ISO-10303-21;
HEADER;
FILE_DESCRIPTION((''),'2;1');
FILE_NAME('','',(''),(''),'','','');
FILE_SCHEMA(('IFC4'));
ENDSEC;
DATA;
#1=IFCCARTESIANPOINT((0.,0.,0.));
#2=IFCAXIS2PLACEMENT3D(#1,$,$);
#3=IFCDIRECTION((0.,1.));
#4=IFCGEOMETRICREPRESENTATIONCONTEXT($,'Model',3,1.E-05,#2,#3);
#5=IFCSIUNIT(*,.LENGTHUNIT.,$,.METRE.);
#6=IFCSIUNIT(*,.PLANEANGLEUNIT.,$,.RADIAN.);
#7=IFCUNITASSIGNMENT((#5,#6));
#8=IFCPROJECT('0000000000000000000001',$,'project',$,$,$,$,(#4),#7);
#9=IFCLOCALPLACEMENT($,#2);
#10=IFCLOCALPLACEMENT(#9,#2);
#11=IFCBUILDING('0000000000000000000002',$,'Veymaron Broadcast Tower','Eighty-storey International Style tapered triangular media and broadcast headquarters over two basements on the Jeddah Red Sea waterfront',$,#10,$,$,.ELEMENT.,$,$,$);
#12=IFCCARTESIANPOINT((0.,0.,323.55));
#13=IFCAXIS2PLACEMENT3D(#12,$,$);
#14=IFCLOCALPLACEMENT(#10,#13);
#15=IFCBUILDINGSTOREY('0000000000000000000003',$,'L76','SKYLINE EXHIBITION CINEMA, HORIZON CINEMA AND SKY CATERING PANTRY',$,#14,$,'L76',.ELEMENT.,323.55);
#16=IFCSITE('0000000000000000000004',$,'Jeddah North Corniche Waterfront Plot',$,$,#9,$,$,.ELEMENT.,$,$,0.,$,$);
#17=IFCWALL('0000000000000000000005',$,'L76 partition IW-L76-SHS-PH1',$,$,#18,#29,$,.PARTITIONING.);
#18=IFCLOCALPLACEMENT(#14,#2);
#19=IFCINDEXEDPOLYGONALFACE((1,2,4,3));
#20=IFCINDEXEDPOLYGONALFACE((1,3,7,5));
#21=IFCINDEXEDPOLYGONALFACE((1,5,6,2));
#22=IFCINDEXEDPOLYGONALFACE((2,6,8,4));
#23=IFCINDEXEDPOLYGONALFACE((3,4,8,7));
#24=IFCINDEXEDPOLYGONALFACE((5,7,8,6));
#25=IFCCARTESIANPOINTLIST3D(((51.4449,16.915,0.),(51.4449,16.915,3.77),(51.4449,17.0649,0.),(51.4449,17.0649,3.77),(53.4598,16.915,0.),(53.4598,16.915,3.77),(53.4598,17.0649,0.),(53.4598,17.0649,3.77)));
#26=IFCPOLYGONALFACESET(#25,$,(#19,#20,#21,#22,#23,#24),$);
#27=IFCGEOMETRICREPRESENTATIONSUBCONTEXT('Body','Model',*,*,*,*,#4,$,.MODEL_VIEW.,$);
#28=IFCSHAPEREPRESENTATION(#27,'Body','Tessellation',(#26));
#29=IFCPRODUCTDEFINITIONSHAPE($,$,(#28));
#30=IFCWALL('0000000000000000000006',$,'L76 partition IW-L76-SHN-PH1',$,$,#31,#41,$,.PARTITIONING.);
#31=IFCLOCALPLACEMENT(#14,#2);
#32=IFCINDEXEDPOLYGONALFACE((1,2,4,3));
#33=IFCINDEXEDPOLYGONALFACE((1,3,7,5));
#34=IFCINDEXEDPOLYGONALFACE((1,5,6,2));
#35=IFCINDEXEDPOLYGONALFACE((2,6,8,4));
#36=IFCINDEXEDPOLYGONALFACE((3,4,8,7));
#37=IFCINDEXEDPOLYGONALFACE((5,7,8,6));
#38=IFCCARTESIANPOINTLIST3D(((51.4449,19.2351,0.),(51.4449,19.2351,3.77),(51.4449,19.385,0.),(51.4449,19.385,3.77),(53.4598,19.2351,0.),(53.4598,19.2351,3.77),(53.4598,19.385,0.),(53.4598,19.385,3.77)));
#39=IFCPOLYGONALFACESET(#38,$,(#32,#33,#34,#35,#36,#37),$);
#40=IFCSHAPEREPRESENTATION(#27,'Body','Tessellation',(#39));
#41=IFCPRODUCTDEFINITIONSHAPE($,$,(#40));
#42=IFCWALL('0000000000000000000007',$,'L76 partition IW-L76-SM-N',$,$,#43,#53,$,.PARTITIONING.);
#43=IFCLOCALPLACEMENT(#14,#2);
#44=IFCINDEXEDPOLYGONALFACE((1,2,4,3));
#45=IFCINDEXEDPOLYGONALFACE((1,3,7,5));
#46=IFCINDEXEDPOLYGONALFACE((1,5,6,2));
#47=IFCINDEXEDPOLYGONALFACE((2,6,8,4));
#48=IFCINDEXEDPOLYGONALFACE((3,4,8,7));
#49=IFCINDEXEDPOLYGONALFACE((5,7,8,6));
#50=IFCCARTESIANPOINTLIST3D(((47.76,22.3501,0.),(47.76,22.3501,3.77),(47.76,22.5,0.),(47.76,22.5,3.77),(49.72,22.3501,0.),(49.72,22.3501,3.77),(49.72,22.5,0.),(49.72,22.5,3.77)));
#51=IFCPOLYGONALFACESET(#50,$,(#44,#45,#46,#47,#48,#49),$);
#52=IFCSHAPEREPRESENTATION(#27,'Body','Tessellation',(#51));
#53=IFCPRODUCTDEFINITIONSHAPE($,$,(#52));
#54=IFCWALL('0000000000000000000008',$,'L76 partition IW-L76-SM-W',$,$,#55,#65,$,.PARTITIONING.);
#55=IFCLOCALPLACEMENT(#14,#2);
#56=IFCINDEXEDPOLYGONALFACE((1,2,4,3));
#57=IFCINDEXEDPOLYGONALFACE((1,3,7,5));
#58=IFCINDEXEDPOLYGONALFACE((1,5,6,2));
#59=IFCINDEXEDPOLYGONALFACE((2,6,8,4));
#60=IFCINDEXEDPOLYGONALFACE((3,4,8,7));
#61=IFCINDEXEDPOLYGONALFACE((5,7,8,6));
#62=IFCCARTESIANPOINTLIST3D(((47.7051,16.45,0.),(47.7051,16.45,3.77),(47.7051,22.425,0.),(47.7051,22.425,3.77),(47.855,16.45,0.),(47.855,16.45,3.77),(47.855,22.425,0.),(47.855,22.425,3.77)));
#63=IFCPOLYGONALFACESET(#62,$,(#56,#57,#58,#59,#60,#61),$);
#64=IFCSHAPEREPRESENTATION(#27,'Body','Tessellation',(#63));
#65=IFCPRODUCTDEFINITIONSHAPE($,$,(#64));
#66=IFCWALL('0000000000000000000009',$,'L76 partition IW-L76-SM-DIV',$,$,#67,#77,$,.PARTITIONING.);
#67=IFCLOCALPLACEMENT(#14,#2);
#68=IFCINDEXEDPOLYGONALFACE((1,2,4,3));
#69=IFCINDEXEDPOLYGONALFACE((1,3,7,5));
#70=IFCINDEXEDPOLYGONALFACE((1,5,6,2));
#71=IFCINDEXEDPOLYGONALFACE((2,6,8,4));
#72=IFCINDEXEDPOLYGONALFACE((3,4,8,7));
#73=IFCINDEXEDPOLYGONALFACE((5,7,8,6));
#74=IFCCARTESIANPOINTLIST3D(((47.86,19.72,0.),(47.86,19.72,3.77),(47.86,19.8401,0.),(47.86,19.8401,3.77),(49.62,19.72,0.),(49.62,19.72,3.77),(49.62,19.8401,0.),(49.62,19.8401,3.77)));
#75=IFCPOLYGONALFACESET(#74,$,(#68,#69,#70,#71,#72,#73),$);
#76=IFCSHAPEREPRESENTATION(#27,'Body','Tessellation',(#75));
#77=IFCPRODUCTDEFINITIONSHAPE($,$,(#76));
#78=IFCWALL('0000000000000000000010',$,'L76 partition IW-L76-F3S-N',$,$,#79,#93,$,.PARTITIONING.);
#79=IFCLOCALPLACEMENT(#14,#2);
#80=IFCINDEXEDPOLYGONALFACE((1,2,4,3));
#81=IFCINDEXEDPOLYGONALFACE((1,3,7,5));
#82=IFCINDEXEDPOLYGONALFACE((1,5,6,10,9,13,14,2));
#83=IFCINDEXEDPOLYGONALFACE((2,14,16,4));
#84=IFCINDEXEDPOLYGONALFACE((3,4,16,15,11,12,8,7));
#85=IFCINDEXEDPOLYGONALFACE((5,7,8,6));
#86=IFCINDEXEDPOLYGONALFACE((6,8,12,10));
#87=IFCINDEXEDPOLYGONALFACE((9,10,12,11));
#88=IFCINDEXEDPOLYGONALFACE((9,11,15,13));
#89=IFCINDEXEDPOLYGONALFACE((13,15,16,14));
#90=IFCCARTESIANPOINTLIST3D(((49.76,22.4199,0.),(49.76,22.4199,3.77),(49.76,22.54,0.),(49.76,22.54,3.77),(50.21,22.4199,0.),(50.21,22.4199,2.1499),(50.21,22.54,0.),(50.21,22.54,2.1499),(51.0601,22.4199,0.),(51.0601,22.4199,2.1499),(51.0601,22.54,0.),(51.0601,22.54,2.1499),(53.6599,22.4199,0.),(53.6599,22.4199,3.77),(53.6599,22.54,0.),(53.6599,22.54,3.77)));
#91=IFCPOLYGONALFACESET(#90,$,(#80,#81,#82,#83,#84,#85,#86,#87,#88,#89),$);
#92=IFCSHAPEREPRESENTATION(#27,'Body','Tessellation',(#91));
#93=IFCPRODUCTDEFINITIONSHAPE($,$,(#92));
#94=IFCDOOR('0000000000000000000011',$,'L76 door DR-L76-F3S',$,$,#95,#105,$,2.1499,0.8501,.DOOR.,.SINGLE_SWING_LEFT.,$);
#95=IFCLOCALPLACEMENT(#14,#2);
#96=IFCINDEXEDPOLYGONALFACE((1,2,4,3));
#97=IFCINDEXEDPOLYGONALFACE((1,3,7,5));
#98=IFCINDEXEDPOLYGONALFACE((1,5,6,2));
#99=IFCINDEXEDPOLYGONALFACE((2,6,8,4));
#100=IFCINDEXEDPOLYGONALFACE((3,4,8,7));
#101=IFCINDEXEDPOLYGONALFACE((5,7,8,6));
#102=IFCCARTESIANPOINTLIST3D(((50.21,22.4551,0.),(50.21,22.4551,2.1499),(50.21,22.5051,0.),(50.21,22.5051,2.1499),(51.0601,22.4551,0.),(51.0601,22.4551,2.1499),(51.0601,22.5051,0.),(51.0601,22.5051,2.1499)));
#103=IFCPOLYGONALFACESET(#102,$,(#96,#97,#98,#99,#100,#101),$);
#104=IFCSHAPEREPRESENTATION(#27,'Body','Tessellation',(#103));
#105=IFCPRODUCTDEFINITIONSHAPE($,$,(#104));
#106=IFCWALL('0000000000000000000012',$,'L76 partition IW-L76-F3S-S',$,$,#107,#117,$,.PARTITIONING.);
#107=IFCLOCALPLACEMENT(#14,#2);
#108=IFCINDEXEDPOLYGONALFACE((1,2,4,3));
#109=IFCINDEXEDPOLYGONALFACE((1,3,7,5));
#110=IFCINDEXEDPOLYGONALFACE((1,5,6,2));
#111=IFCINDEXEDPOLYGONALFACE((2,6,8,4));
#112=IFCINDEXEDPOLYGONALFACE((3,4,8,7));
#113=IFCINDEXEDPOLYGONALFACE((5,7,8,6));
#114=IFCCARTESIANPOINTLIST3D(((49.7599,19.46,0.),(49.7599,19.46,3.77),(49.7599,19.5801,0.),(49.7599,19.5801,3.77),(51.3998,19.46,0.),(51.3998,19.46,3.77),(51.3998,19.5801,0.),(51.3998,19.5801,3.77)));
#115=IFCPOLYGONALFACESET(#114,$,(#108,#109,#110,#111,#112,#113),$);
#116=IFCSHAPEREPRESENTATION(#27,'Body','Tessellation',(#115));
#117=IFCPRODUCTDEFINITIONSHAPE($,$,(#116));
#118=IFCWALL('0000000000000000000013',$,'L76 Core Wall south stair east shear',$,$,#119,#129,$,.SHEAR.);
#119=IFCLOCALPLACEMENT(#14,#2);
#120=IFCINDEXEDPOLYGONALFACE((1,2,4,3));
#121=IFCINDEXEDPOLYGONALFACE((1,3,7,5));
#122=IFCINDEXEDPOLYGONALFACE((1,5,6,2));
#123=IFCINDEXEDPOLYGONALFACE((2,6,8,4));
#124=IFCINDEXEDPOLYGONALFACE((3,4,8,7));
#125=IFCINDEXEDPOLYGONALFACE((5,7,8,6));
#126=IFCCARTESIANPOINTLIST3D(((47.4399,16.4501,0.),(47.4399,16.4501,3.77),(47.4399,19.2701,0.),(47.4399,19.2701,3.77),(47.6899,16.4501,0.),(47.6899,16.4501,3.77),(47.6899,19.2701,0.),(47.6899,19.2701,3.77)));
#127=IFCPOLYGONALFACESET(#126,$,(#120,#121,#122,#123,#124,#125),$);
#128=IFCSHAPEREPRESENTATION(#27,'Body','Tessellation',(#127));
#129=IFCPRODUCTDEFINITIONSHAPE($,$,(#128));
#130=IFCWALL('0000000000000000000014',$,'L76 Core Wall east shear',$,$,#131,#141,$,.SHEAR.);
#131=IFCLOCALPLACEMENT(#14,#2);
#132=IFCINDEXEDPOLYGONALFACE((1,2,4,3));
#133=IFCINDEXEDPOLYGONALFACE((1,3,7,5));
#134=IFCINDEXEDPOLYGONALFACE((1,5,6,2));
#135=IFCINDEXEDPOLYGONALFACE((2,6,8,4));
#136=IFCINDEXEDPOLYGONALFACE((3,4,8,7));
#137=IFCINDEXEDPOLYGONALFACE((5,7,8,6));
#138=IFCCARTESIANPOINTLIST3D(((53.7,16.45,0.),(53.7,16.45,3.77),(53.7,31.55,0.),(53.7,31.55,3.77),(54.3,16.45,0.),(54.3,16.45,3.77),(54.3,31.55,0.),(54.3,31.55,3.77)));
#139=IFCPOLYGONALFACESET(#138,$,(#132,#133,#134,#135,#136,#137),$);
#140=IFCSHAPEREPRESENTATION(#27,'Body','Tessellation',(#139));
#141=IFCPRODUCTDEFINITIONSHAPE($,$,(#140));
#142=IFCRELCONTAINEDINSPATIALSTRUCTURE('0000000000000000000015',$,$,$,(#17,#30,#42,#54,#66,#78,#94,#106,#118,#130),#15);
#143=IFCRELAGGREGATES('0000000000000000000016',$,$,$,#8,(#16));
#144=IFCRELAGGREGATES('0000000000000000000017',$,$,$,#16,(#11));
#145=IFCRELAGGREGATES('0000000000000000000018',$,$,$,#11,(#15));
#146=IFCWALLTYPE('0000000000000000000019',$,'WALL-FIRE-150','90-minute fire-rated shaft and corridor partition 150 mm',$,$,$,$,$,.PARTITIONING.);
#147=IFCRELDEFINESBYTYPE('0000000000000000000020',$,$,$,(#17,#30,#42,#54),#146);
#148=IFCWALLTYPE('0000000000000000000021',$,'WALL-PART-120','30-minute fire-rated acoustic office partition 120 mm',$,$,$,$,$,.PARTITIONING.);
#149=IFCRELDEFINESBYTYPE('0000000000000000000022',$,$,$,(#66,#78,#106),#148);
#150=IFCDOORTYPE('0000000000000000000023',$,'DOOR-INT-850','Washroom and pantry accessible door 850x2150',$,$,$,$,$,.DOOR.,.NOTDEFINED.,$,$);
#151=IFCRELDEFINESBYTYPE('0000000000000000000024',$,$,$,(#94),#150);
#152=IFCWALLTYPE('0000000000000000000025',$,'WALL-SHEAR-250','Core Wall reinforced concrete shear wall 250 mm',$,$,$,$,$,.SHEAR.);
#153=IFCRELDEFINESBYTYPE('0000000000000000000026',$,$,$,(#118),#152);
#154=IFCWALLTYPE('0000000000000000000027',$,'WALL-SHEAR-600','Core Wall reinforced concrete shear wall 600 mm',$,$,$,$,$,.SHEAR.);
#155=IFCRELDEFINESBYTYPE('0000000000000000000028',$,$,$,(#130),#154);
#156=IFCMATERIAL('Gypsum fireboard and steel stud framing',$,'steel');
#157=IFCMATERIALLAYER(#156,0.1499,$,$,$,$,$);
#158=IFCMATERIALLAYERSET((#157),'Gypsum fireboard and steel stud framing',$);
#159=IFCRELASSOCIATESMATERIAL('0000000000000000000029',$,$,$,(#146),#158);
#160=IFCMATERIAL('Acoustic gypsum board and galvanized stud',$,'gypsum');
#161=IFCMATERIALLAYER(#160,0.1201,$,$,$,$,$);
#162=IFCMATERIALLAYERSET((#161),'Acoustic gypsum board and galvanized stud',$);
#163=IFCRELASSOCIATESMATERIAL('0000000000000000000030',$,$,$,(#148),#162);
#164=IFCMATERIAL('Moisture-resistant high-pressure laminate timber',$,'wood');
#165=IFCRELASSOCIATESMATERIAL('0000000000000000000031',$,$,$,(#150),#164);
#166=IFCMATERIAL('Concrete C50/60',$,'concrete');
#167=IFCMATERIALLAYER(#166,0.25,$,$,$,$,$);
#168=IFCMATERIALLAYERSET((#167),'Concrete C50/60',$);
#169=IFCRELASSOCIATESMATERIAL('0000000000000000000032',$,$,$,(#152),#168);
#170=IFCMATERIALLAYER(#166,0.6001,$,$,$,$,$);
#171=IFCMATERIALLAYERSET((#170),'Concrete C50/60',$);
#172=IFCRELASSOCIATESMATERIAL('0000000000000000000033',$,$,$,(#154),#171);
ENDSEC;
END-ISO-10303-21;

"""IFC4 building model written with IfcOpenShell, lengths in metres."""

from ifc_helpers import new_model, si_unit, direction, frame, frame_2d, origin, place, context, subcontext, project, spatial, rectangle, extrude, material, layer, layer_set, type_object, element, fill, save


model = new_model("IFC4")

# Units and contexts
model_context = context("Model", 3, precision=1e-05, world=origin(), true_north=direction((0.0, 1.0)))
body_context = subcontext(model_context, "Body", "Model", "MODEL_VIEW")
ifc_project = project(units=[si_unit("LENGTHUNIT", "METRE"), si_unit("PLANEANGLEUNIT", "RADIAN")], contexts=[model_context])

# Site, building, storey
site_placement = place(None, origin())
site = spatial("IfcSite", under=ifc_project, at=site_placement, Name="Jeddah North Corniche Waterfront Plot", CompositionType="ELEMENT", RefElevation=0.0)
building_placement = place(site_placement, origin())
building = spatial("IfcBuilding", under=site, at=building_placement, Name="Veymaron Broadcast Tower", Description="Eighty-storey International Style tapered triangular media and broadcast headquarters over two basements on the Jeddah Red Sea waterfront", CompositionType="ELEMENT")
storey_placement = place(building_placement, frame((0.0, 0.0, 323.55)))
storey = spatial("IfcBuildingStorey", under=building, at=storey_placement, Name="L76", Description="SKYLINE EXHIBITION CINEMA, HORIZON CINEMA AND SKY CATERING PANTRY", LongName="L76", CompositionType="ELEMENT", Elevation=323.55)

# Shared definitions
ifc_material_1 = material(Name="Gypsum fireboard and steel stud framing", Category="steel")
ifc_layer_1 = layer(ifc_material_1, 0.1499)
ifc_layer_set_1 = layer_set([ifc_layer_1], Name="Gypsum fireboard and steel stud framing")
wall_type_1 = type_object("IfcWallType", Name="WALL-FIRE-150", Description="90-minute fire-rated shaft and corridor partition 150 mm", PredefinedType="PARTITIONING", material=ifc_layer_set_1)

# Walls
for number, where, z_axis, x_axis, name in (
    (1, (51.4451, 16.99, 0.0), (0.0, 0.0, 1.0), (1.0, 0.0, 0.0), "L76 partition IW-L76-SHS-PH1"),
    (2, (51.4451, 19.3101, 0.0), (0.0, 0.0, 1.0), (1.0, 0.0, 0.0), "L76 partition IW-L76-SHN-PH1"),
):
    element("IfcWall", number, at=place(storey_placement, frame(where, z_axis=z_axis, x_axis=x_axis)), inside=storey, type_object=wall_type_1, Name=name, PredefinedType="PARTITIONING", context=body_context, shape_type="SweptSolid", body=[
        extrude(rectangle(XDim=2.0149, YDim=0.1499, at=frame_2d((1.0073, 0.0))), origin(), (0.0, 0.0, 1.0), 3.77),
    ])

# Walls
wall_1_placement = place(storey_placement, frame((47.76, 22.425, 0.0), z_axis=(0.0, 0.0, 1.0), x_axis=(1.0, 0.0, 0.0)))
element("IfcWall", 3, at=wall_1_placement, inside=storey, type_object=wall_type_1, Name="L76 partition IW-L76-SM-N", PredefinedType="PARTITIONING", context=body_context, shape_type="SweptSolid", body=[
    extrude(rectangle(XDim=1.96, YDim=0.1499, at=frame_2d((0.98, 0.0))), origin(), (0.0, 0.0, 1.0), 3.77),
])
wall_2_placement = place(storey_placement, frame((47.78, 16.45, 0.0), z_axis=(0.0, 0.0, 1.0), x_axis=(0.0, 1.0, 0.0)))
element("IfcWall", 4, at=wall_2_placement, inside=storey, type_object=wall_type_1, Name="L76 partition IW-L76-SM-W", PredefinedType="PARTITIONING", context=body_context, shape_type="SweptSolid", body=[
    extrude(rectangle(XDim=5.9751, YDim=0.1499, at=frame_2d((2.9875, 0.0))), origin(), (0.0, 0.0, 1.0), 3.77),
])
ifc_material_2 = material(Name="Acoustic gypsum board and galvanized stud", Category="gypsum")
ifc_layer_2 = layer(ifc_material_2, 0.1201)
ifc_layer_set_2 = layer_set([ifc_layer_2], Name="Acoustic gypsum board and galvanized stud")
wall_type_2 = type_object("IfcWallType", Name="WALL-PART-120", Description="30-minute fire-rated acoustic office partition 120 mm", PredefinedType="PARTITIONING", material=ifc_layer_set_2)
wall_3_placement = place(storey_placement, frame((47.8601, 19.78, 0.0), z_axis=(0.0, 0.0, 1.0), x_axis=(1.0, 0.0, 0.0)))
element("IfcWall", 5, at=wall_3_placement, inside=storey, type_object=wall_type_2, Name="L76 partition IW-L76-SM-DIV", PredefinedType="PARTITIONING", context=body_context, shape_type="SweptSolid", body=[
    extrude(rectangle(XDim=1.76, YDim=0.1201, at=frame_2d((0.8799, 0.0))), origin(), (0.0, 0.0, 1.0), 3.77),
])

# Shared definitions
ifc_material_3 = material(Name="Moisture-resistant high-pressure laminate timber", Category="wood")
door_type_1 = type_object("IfcDoorType", Name="DOOR-INT-850", Description="Washroom and pantry accessible door 850x2150", OperationType="NOTDEFINED", PredefinedType="DOOR", material=ifc_material_3)

# Wall, opening, door
wall_4_placement = place(storey_placement, frame((49.76, 22.48, 0.0), z_axis=(0.0, 0.0, 1.0), x_axis=(1.0, 0.0, 0.0)))
wall_4 = element("IfcWall", 6, at=wall_4_placement, inside=storey, type_object=wall_type_2, Name="L76 partition IW-L76-F3S-N", PredefinedType="PARTITIONING", context=body_context, shape_type="SweptSolid", body=[
    extrude(rectangle(XDim=3.8999, YDim=0.1201, at=frame_2d((1.95, 0.0))), origin(), (0.0, 0.0, 1.0), 3.77),
])
opening_1_placement = place(wall_4_placement, frame((0.45, 0.0, 0.0)))
opening_1 = element("IfcOpeningElement", 7, at=opening_1_placement, cuts=wall_4, PredefinedType="OPENING", context=body_context, shape_type="SweptSolid", body=[
    extrude(rectangle(XDim=0.8501, YDim=2.1499, at=frame_2d((0.425, 1.075))), frame((0.0, 0.0701, 0.0), z_axis=(0.0, -1.0, 0.0), x_axis=(1.0, 0.0, 0.0)), (0.0, 0.0, 1.0), 0.1401),
])
door_1_placement = place(opening_1_placement, frame((0.8501, 0.0, 0.0), z_axis=(0.0, 0.0, 1.0), x_axis=(-1.0, 0.0, 0.0)))
door_1 = element("IfcDoor", 8, at=door_1_placement, inside=storey, type_object=door_type_1, Name="L76 door DR-L76-F3S", OperationType="SINGLE_SWING_LEFT", OverallHeight=2.1499, OverallWidth=0.8501, PredefinedType="DOOR", context=body_context, shape_type="SweptSolid", body=[
    extrude(rectangle(XDim=0.8501, YDim=2.1499, at=frame_2d((0.425, 1.075))), frame((0.0, 0.0249, 0.0), z_axis=(0.0, -1.0, 0.0), x_axis=(1.0, 0.0, 0.0)), (0.0, 0.0, 1.0), 0.05),
])
fill(opening_1, door_1)

# Walls
wall_5_placement = place(storey_placement, frame((49.76, 19.52, 0.0), z_axis=(0.0, 0.0, 1.0), x_axis=(1.0, 0.0, 0.0)))
element("IfcWall", 9, at=wall_5_placement, inside=storey, type_object=wall_type_2, Name="L76 partition IW-L76-F3S-S", PredefinedType="PARTITIONING", context=body_context, shape_type="SweptSolid", body=[
    extrude(rectangle(XDim=1.6399, YDim=0.1201, at=frame_2d((0.8198, 0.0))), origin(), (0.0, 0.0, 1.0), 3.77),
])
ifc_material_4 = material(Name="Concrete C50/60", Category="concrete")
ifc_layer_3 = layer(ifc_material_4, 0.25)
ifc_layer_set_3 = layer_set([ifc_layer_3], Name="Concrete C50/60")
wall_type_3 = type_object("IfcWallType", Name="WALL-SHEAR-250", Description="Core Wall reinforced concrete shear wall 250 mm", PredefinedType="SHEAR", material=ifc_layer_set_3)
wall_6_placement = place(storey_placement, frame((47.5649, 16.45, 0.0), z_axis=(0.0, 0.0, 1.0), x_axis=(0.0, 1.0, 0.0)))
element("IfcWall", 10, at=wall_6_placement, inside=storey, type_object=wall_type_3, Name="L76 Core Wall south stair east shear", PredefinedType="SHEAR", context=body_context, shape_type="SweptSolid", body=[
    extrude(rectangle(XDim=2.8201, YDim=0.25, at=frame_2d((1.4102, 0.0))), origin(), (0.0, 0.0, 1.0), 3.77),
])
ifc_layer_4 = layer(ifc_material_4, 0.6001)
ifc_layer_set_4 = layer_set([ifc_layer_4], Name="Concrete C50/60")
wall_type_4 = type_object("IfcWallType", Name="WALL-SHEAR-600", Description="Core Wall reinforced concrete shear wall 600 mm", PredefinedType="SHEAR", material=ifc_layer_set_4)
wall_7_placement = place(storey_placement, frame((54.0, 16.45, 0.0), z_axis=(0.0, 0.0, 1.0), x_axis=(0.0, 1.0, 0.0)))
element("IfcWall", 11, at=wall_7_placement, inside=storey, type_object=wall_type_4, Name="L76 Core Wall east shear", PredefinedType="SHEAR", context=body_context, shape_type="SweptSolid", body=[
    extrude(rectangle(XDim=15.1001, YDim=0.6001, at=frame_2d((7.55, 0.0))), origin(), (0.0, 0.0, 1.0), 3.77),
])

save(model, "model.ifc")
